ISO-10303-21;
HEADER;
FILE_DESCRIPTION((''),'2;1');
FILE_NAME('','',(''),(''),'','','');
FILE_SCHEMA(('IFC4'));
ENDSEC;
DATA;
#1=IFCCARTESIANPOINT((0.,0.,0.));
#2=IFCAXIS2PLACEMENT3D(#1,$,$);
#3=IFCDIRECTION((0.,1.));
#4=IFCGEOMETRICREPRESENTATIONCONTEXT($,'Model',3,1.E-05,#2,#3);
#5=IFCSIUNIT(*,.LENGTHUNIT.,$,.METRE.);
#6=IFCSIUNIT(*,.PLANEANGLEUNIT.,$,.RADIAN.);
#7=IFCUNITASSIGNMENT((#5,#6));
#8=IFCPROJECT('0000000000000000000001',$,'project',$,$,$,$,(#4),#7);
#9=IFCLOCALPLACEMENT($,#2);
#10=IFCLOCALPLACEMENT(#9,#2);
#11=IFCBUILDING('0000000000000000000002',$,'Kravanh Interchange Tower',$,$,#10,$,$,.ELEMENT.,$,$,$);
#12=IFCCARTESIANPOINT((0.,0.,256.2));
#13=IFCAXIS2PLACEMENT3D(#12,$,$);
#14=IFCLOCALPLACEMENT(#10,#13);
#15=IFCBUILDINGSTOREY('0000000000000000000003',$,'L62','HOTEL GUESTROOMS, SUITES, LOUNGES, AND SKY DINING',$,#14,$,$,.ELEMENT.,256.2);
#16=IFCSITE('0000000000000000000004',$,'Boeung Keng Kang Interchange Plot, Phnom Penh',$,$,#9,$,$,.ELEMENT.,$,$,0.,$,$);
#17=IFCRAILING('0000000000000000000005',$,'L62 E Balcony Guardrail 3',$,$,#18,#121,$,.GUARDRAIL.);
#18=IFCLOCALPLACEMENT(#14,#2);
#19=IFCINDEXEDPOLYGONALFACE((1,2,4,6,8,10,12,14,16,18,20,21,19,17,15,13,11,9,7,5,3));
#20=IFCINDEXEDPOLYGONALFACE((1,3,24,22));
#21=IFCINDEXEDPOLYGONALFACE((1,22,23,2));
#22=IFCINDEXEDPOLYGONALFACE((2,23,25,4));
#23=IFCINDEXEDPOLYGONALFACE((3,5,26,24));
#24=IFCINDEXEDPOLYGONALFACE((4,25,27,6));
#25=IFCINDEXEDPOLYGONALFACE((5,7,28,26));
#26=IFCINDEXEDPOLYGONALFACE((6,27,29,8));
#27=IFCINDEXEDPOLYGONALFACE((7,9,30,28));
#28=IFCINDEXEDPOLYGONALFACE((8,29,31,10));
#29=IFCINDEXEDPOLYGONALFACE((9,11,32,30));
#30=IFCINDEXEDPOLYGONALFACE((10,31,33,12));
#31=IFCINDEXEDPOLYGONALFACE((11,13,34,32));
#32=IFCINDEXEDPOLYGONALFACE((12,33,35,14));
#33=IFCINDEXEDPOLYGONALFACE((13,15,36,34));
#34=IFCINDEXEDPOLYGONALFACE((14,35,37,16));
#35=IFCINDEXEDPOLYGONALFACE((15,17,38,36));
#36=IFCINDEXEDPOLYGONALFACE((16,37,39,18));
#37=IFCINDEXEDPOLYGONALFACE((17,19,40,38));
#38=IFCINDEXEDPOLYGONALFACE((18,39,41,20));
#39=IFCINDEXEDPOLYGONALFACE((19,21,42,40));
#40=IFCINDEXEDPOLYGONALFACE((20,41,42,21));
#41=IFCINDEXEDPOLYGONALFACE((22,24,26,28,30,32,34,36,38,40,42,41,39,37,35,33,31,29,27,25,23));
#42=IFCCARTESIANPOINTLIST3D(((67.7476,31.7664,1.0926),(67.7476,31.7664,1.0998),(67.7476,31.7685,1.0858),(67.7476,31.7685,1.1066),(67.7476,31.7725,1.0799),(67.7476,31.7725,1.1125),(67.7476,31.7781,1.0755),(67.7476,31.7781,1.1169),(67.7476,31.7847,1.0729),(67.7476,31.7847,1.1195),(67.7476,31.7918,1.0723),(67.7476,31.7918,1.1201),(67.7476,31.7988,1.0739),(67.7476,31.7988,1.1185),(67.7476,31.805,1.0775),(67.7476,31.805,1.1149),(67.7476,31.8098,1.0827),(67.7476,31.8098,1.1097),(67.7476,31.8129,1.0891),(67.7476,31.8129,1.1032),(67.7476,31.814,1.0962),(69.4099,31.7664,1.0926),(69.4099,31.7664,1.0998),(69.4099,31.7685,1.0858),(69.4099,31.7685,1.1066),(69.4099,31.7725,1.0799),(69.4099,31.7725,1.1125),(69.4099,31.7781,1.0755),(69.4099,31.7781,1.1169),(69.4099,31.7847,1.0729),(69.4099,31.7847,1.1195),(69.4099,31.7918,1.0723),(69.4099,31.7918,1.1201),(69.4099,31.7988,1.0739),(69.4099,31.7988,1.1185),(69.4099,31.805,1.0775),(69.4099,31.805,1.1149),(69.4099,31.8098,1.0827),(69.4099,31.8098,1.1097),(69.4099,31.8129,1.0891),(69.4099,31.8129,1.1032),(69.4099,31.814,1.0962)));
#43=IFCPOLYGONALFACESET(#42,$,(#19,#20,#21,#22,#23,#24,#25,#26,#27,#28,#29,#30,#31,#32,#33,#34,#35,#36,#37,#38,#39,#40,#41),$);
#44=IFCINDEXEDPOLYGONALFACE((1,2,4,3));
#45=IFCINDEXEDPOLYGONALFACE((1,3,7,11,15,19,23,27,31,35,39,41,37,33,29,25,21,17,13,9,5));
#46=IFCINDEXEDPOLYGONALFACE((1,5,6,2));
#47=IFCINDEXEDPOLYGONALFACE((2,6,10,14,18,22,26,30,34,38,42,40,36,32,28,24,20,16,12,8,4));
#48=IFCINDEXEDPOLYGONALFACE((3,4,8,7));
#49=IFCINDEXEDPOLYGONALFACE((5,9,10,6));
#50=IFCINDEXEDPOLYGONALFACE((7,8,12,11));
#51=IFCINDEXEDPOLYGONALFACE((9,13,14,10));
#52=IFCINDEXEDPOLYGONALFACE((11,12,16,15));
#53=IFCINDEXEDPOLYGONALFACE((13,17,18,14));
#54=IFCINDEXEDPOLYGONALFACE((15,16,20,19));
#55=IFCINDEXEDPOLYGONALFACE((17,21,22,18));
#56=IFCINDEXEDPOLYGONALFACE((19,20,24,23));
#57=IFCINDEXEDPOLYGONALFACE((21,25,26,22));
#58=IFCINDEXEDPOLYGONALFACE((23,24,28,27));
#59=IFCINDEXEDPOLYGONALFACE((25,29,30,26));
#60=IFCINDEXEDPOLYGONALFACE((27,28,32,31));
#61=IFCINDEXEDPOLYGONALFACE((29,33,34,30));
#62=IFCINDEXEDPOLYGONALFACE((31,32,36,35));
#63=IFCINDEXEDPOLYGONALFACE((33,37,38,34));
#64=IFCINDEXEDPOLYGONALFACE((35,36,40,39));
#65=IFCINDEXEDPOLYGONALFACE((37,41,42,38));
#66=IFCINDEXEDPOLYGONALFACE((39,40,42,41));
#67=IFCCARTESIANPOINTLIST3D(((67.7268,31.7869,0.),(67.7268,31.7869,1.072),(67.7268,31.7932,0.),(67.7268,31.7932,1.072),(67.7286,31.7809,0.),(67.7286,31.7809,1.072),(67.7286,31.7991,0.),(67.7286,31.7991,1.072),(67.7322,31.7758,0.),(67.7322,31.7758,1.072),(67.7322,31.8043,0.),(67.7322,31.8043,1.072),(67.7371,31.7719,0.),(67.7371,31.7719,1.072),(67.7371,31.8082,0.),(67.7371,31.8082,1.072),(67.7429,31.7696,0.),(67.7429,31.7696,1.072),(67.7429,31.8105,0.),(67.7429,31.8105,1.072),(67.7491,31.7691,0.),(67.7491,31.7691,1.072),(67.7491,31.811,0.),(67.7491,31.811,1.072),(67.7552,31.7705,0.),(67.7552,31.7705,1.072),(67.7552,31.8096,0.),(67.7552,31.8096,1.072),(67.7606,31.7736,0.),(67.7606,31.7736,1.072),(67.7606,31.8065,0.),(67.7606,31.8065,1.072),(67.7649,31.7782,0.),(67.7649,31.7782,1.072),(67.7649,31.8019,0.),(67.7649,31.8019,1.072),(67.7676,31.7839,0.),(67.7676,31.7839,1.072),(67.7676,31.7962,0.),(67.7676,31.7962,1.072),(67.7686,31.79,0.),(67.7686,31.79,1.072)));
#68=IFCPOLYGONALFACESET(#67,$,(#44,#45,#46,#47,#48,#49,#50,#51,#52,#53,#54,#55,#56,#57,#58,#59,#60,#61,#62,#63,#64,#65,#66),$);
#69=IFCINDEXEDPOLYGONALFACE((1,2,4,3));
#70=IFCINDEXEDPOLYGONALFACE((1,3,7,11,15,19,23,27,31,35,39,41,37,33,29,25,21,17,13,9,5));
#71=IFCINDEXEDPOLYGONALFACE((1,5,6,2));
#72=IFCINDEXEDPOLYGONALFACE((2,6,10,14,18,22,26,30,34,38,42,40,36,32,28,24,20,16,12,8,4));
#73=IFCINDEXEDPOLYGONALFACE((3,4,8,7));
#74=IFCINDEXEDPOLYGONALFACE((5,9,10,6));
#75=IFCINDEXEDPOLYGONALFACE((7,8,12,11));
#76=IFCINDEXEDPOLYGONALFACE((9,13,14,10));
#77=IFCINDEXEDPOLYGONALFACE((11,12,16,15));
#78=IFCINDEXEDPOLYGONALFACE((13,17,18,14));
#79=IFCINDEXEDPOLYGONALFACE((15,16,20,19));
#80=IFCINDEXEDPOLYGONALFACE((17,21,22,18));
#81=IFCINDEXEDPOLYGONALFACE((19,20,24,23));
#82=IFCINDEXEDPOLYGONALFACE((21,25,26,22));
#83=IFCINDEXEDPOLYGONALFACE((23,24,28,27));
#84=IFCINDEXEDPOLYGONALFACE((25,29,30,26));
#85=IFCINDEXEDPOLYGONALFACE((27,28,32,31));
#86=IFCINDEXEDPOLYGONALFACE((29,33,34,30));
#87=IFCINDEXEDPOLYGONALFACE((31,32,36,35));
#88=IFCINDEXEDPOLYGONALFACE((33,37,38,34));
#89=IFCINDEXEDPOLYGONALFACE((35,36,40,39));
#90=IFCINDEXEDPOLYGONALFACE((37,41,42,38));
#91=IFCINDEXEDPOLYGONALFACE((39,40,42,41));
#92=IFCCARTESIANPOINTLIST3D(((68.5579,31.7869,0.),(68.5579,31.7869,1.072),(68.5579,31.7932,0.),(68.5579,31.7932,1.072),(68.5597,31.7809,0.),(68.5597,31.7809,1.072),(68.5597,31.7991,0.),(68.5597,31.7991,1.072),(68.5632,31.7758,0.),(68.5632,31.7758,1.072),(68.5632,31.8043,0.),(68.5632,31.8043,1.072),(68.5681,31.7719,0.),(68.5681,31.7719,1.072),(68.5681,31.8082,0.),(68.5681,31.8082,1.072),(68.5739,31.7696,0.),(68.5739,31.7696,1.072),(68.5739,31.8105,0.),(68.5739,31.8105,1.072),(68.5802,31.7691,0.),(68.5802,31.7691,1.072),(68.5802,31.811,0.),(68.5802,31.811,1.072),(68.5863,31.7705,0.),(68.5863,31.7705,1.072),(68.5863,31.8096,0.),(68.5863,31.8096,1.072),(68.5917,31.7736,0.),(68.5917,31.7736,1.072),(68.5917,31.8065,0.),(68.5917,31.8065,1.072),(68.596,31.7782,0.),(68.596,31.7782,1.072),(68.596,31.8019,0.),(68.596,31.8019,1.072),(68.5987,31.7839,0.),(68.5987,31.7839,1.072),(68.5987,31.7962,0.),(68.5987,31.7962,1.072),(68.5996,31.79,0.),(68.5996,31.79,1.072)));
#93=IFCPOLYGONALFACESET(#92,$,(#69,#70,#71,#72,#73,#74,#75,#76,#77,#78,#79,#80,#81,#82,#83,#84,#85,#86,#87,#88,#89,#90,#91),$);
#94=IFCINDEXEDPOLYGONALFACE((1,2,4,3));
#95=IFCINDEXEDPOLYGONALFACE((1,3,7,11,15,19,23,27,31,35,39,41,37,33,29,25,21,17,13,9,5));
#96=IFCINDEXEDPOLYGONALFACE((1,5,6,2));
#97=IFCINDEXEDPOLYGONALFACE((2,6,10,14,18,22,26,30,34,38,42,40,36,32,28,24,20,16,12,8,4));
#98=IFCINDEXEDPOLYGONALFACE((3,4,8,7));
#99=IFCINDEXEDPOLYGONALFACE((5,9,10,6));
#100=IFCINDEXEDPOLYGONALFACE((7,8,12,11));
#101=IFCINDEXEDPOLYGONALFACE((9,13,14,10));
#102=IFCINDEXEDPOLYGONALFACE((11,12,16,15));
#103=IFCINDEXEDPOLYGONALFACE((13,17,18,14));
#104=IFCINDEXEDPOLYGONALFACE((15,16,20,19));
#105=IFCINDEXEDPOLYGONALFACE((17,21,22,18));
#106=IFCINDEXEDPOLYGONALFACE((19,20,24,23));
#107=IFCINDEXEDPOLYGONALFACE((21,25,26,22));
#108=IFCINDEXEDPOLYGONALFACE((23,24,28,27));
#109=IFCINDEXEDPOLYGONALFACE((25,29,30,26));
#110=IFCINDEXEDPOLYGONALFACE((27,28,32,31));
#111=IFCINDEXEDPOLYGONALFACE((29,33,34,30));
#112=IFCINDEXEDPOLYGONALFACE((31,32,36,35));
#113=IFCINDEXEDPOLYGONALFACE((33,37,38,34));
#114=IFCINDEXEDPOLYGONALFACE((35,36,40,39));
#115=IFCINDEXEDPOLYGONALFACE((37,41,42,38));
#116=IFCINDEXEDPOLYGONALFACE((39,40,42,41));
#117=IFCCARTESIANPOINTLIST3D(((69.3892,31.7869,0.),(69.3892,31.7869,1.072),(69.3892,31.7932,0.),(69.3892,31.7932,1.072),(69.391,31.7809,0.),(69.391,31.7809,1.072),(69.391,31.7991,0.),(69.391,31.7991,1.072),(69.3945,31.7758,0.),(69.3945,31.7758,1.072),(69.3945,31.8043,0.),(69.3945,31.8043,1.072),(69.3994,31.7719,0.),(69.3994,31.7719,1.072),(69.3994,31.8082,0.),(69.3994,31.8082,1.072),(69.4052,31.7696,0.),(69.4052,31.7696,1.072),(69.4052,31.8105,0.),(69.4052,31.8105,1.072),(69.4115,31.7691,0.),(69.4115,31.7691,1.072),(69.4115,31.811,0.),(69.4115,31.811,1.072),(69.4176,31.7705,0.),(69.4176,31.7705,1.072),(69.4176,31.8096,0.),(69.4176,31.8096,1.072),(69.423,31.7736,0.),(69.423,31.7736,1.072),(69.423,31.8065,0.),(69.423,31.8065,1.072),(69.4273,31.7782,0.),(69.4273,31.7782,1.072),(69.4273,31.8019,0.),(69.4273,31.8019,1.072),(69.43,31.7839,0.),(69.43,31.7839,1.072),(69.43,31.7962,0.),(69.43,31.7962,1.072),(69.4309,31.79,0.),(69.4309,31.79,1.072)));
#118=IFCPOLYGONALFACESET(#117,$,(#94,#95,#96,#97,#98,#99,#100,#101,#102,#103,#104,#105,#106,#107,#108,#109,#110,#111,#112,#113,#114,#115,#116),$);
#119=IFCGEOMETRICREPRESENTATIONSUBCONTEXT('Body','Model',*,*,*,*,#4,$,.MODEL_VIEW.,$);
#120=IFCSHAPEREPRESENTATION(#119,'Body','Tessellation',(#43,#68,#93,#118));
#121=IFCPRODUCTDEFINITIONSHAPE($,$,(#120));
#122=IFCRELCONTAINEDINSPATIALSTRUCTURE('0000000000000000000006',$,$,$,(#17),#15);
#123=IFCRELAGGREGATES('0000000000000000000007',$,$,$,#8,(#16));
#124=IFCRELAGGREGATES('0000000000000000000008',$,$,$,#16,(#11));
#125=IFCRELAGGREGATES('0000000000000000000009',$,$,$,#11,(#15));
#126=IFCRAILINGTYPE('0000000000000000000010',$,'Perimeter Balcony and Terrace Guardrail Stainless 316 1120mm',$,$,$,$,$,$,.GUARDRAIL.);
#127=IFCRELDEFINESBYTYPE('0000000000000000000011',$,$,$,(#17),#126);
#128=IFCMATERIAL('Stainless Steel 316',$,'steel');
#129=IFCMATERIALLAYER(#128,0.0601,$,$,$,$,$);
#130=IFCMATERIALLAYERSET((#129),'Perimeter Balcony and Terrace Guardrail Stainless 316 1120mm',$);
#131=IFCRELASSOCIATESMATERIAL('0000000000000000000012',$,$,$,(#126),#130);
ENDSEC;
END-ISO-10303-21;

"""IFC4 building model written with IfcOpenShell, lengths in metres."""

from ifc_helpers import new_model, si_unit, direction, frame, origin, origin_2d, place, context, subcontext, project, spatial, circle, extrude, material, layer, layer_set, type_object, element, save


model = new_model("IFC4")

# Units and contexts
model_context = context("Model", 3, precision=1e-05, world=origin(), true_north=direction((0.0, 1.0)))
body_context = subcontext(model_context, "Body", "Model", "MODEL_VIEW")
ifc_project = project(units=[si_unit("LENGTHUNIT", "METRE"), si_unit("PLANEANGLEUNIT", "RADIAN")], contexts=[model_context])

# Site, building, storey
site_placement = place(None, origin())
site = spatial("IfcSite", under=ifc_project, at=site_placement, Name="Boeung Keng Kang Interchange Plot, Phnom Penh", CompositionType="ELEMENT", RefElevation=0.0)
building_placement = place(site_placement, origin())
building = spatial("IfcBuilding", under=site, at=building_placement, Name="Kravanh Interchange Tower", CompositionType="ELEMENT")
storey_placement = place(building_placement, frame((0.0, 0.0, 256.2)))
storey = spatial("IfcBuildingStorey", under=building, at=storey_placement, Name="L62", Description="HOTEL GUESTROOMS, SUITES, LOUNGES, AND SKY DINING", CompositionType="ELEMENT", Elevation=256.2)

# Railing
ifc_material_1 = material(Name="Stainless Steel 316", Category="steel")
ifc_layer_1 = layer(ifc_material_1, 0.0601)
ifc_layer_set_1 = layer_set([ifc_layer_1], Name="Perimeter Balcony and Terrace Guardrail Stainless 316 1120mm")
railing_type_1 = type_object("IfcRailingType", Name="Perimeter Balcony and Terrace Guardrail Stainless 316 1120mm", PredefinedType="GUARDRAIL", material=ifc_layer_set_1)
railing_1_placement = place(storey_placement, frame((67.7476, 31.79, 0.0)))
element("IfcRailing", 1, at=railing_1_placement, inside=storey, type_object=railing_type_1, Name="L62 E Balcony Guardrail 3", PredefinedType="GUARDRAIL", context=body_context, shape_type="SweptSolid", body=[
    extrude(circle(Radius=0.0239, at=origin_2d()), frame((0.0, 0.0, 1.0962), z_axis=(1.0, 0.0, 0.0), x_axis=(0.0, 1.0, 0.0)), (0.0, 0.0, 1.0), 1.6624),
    extrude(circle(Radius=0.021, at=origin_2d()), origin(), (0.0, 0.0, 1.0), 1.072),
    extrude(circle(Radius=0.021, at=origin_2d()), frame((0.8311, 0.0, 0.0)), (0.0, 0.0, 1.0), 1.072),
    extrude(circle(Radius=0.021, at=origin_2d()), frame((1.6624, 0.0, 0.0)), (0.0, 0.0, 1.0), 1.072),
])

save(model, "model.ifc")
